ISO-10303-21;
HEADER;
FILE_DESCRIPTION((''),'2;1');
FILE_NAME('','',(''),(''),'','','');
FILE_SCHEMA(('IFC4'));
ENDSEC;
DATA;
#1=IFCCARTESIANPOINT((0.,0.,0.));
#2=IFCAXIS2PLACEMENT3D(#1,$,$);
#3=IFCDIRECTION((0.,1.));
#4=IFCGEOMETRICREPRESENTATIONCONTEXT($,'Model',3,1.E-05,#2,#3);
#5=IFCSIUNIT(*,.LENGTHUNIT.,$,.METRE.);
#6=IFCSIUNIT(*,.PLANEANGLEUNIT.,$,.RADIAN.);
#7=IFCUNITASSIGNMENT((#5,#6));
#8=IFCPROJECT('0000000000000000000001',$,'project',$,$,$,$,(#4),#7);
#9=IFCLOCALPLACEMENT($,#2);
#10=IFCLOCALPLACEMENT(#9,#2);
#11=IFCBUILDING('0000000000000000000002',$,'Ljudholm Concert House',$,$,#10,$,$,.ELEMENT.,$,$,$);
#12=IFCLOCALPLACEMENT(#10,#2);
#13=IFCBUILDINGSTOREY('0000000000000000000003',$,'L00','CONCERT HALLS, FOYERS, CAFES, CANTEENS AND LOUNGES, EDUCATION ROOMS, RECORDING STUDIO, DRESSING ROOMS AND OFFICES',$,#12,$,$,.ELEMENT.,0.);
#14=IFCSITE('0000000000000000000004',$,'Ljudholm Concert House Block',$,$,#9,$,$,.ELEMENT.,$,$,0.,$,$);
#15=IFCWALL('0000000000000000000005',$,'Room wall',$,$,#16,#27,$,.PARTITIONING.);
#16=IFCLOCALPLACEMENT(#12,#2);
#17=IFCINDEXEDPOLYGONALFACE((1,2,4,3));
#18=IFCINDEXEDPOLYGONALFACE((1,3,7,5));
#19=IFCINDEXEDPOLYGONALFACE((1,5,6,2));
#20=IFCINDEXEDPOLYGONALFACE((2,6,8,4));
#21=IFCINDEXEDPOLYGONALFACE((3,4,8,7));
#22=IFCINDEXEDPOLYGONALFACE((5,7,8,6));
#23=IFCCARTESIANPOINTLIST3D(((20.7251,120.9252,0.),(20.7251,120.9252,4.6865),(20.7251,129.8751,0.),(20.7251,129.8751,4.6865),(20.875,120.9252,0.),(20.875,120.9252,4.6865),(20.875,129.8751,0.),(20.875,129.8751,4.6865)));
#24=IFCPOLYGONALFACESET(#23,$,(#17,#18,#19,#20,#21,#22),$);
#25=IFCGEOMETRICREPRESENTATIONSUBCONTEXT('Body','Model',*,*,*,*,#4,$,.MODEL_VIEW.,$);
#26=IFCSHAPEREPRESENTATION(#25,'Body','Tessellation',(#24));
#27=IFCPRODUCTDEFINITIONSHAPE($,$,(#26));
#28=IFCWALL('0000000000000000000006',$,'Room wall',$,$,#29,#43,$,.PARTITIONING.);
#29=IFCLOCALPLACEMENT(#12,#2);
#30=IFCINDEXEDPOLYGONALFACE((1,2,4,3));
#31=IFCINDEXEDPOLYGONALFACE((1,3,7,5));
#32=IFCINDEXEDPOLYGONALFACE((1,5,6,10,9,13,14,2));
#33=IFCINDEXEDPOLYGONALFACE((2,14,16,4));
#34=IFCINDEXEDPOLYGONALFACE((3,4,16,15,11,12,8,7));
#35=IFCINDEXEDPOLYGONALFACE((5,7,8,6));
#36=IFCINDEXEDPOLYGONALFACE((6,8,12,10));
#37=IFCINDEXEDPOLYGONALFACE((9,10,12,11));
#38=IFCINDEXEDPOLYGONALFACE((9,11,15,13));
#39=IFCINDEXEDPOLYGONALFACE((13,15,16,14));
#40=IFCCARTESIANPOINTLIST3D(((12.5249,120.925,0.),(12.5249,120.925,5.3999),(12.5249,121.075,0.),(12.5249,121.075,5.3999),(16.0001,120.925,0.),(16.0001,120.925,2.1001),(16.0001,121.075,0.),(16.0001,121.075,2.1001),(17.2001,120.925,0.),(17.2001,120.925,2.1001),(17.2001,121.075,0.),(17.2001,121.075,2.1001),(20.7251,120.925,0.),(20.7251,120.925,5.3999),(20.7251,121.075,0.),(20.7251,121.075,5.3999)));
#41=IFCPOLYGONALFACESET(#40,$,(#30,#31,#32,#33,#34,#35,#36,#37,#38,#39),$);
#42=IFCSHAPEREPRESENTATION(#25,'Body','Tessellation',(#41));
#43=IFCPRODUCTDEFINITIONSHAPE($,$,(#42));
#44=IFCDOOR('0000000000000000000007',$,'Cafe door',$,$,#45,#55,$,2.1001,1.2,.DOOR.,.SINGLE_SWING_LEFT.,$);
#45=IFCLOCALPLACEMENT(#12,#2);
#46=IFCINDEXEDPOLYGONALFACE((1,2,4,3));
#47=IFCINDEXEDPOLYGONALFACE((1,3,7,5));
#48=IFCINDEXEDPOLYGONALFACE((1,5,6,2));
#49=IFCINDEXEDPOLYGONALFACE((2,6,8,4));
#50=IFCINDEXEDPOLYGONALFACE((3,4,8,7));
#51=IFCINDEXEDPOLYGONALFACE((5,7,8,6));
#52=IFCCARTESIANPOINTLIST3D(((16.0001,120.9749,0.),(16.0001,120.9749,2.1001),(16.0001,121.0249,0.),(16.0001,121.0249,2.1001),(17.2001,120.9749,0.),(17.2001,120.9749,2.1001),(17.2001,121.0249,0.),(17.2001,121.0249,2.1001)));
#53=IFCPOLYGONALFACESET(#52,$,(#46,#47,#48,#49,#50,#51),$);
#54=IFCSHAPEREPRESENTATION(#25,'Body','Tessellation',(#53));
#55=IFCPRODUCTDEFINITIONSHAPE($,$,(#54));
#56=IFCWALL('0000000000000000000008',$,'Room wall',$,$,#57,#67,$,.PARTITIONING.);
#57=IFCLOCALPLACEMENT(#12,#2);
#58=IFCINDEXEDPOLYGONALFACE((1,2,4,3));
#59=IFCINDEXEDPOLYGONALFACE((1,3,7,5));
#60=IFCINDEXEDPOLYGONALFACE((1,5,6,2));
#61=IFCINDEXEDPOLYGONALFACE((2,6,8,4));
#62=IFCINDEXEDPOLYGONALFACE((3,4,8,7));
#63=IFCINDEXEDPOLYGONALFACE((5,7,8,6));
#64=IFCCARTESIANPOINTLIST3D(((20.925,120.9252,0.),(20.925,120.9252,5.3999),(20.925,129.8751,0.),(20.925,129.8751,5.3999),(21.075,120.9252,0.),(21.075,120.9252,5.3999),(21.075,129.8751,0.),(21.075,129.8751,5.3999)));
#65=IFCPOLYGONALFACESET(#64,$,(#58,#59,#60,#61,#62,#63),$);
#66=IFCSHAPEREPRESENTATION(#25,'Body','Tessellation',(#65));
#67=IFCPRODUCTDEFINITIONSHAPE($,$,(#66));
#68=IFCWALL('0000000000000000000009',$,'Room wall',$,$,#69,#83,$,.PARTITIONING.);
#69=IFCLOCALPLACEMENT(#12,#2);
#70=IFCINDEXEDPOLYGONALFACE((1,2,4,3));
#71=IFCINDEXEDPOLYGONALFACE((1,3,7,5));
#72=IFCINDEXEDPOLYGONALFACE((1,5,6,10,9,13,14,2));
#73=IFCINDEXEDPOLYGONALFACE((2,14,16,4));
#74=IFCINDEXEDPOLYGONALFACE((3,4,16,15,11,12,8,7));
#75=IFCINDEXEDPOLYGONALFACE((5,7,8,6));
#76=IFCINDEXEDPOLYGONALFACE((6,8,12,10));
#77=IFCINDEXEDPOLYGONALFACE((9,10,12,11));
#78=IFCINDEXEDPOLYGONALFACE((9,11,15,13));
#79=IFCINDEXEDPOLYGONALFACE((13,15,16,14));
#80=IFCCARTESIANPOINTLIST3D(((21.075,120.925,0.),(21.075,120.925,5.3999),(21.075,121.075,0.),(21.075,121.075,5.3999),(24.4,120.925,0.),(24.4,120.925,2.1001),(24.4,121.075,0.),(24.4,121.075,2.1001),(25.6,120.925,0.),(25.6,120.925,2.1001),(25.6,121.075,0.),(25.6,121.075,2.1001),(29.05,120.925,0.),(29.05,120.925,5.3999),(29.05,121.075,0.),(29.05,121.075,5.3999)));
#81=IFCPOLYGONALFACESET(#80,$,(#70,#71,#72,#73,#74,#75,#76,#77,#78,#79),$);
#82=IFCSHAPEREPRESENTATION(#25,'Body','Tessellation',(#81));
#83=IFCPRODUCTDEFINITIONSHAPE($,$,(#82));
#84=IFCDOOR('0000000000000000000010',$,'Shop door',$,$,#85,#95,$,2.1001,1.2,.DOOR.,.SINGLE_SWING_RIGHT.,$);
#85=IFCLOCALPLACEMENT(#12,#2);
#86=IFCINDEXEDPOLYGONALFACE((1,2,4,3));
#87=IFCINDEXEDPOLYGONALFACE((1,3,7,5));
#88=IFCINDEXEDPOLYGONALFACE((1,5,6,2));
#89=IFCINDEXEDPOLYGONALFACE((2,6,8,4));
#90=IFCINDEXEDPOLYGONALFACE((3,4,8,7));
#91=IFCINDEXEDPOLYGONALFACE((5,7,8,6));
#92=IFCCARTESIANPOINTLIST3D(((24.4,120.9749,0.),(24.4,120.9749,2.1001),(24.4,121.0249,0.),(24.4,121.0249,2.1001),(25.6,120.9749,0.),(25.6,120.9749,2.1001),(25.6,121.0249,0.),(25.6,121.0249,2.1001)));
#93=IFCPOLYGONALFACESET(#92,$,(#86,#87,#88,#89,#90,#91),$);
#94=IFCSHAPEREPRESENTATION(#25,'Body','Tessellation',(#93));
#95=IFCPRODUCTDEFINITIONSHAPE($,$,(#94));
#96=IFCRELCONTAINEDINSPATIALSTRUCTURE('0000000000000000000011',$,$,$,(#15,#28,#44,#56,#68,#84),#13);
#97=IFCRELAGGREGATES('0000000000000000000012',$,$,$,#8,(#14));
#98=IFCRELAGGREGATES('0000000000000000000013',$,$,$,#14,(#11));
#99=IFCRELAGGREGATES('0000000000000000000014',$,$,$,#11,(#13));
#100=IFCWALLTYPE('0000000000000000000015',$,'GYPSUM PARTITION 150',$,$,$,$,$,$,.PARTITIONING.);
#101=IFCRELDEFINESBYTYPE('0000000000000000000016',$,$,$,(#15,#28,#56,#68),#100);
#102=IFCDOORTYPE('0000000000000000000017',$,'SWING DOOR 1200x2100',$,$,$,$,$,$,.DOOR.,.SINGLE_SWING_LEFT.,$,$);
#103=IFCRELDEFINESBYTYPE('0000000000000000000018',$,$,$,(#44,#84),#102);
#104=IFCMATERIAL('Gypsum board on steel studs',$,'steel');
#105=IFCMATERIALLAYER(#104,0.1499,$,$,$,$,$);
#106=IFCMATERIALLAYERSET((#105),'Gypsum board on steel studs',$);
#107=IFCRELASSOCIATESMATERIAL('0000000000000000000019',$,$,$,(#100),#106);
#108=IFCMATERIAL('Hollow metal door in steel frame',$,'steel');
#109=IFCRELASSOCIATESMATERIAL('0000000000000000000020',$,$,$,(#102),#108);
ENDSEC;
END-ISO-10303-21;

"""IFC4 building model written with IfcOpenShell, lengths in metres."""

from ifc_helpers import new_model, si_unit, direction, frame, frame_2d, origin, place, context, subcontext, project, spatial, rectangle, extrude, material, layer, layer_set, type_object, element, fill, save


model = new_model("IFC4")

# Units and contexts
model_context = context("Model", 3, precision=1e-05, world=origin(), true_north=direction((0.0, 1.0)))
body_context = subcontext(model_context, "Body", "Model", "MODEL_VIEW")
ifc_project = project(units=[si_unit("LENGTHUNIT", "METRE"), si_unit("PLANEANGLEUNIT", "RADIAN")], contexts=[model_context])

# Site, building, storey
site_placement = place(None, origin())
site = spatial("IfcSite", under=ifc_project, at=site_placement, Name="Ljudholm Concert House Block", CompositionType="ELEMENT", RefElevation=0.0)
building_placement = place(site_placement, origin())
building = spatial("IfcBuilding", under=site, at=building_placement, Name="Ljudholm Concert House", CompositionType="ELEMENT")
storey_placement = place(building_placement, origin())
storey = spatial("IfcBuildingStorey", under=building, at=storey_placement, Name="L00", Description="CONCERT HALLS, FOYERS, CAFES, CANTEENS AND LOUNGES, EDUCATION ROOMS, RECORDING STUDIO, DRESSING ROOMS AND OFFICES", CompositionType="ELEMENT", Elevation=0.0)

# Wall
ifc_material_1 = material(Name="Gypsum board on steel studs", Category="steel")
ifc_layer_1 = layer(ifc_material_1, 0.1499)
ifc_layer_set_1 = layer_set([ifc_layer_1], Name="Gypsum board on steel studs")
wall_type_1 = type_object("IfcWallType", Name="GYPSUM PARTITION 150", PredefinedType="PARTITIONING", material=ifc_layer_set_1)
wall_1_placement = place(storey_placement, frame((20.8, 120.925, 0.0), z_axis=(0.0, 0.0, 1.0), x_axis=(0.0, 1.0, 0.0)))
element("IfcWall", 1, at=wall_1_placement, inside=storey, type_object=wall_type_1, Name="Room wall", PredefinedType="PARTITIONING", context=body_context, shape_type="SweptSolid", body=[
    extrude(rectangle(XDim=8.95, YDim=0.1499, at=frame_2d((4.4751, 0.0))), origin(), (0.0, 0.0, 1.0), 4.6865),
])

# Wall, opening, door
wall_2_placement = place(storey_placement, frame((12.5249, 121.0, 0.0), z_axis=(0.0, 0.0, 1.0), x_axis=(1.0, 0.0, 0.0)))
wall_2 = element("IfcWall", 2, at=wall_2_placement, inside=storey, type_object=wall_type_1, Name="Room wall", PredefinedType="PARTITIONING", context=body_context, shape_type="SweptSolid", body=[
    extrude(rectangle(XDim=8.2002, YDim=0.1499, at=frame_2d((4.1001, 0.0))), origin(), (0.0, 0.0, 1.0), 5.3999),
])
opening_1_placement = place(wall_2_placement, frame((3.4751, 0.0, 0.0)))
opening_1 = element("IfcOpeningElement", 3, at=opening_1_placement, cuts=wall_2, PredefinedType="OPENING", context=body_context, shape_type="SweptSolid", body=[
    extrude(rectangle(XDim=1.2, YDim=2.1001, at=frame_2d((0.6001, 1.05))), frame((0.0, 0.085, 0.0), z_axis=(0.0, -1.0, 0.0), x_axis=(1.0, 0.0, 0.0)), (0.0, 0.0, 1.0), 0.1699),
])
ifc_material_2 = material(Name="Hollow metal door in steel frame", Category="steel")
door_type_1 = type_object("IfcDoorType", Name="SWING DOOR 1200x2100", OperationType="SINGLE_SWING_LEFT", PredefinedType="DOOR", material=ifc_material_2)
door_1_placement = place(opening_1_placement, origin())
door_1 = element("IfcDoor", 4, at=door_1_placement, inside=storey, type_object=door_type_1, Name="Cafe door", OperationType="SINGLE_SWING_LEFT", OverallHeight=2.1001, OverallWidth=1.2, PredefinedType="DOOR", context=body_context, shape_type="SweptSolid", body=[
    extrude(rectangle(XDim=1.2, YDim=2.1001, at=frame_2d((0.6001, 1.05))), frame((0.0, 0.0249, 0.0), z_axis=(0.0, -1.0, 0.0), x_axis=(1.0, 0.0, 0.0)), (0.0, 0.0, 1.0), 0.05),
])
fill(opening_1, door_1)

# Wall
wall_3_placement = place(storey_placement, frame((21.0, 120.925, 0.0), z_axis=(0.0, 0.0, 1.0), x_axis=(0.0, 1.0, 0.0)))
element("IfcWall", 5, at=wall_3_placement, inside=storey, type_object=wall_type_1, Name="Room wall", PredefinedType="PARTITIONING", context=body_context, shape_type="SweptSolid", body=[
    extrude(rectangle(XDim=8.95, YDim=0.1499, at=frame_2d((4.4751, 0.0))), origin(), (0.0, 0.0, 1.0), 5.3999),
])

# Wall, opening, door
wall_4_placement = place(storey_placement, frame((21.075, 121.0, 0.0), z_axis=(0.0, 0.0, 1.0), x_axis=(1.0, 0.0, 0.0)))
wall_4 = element("IfcWall", 6, at=wall_4_placement, inside=storey, type_object=wall_type_1, Name="Room wall", PredefinedType="PARTITIONING", context=body_context, shape_type="SweptSolid", body=[
    extrude(rectangle(XDim=7.9751, YDim=0.1499, at=frame_2d((3.9875, 0.0))), origin(), (0.0, 0.0, 1.0), 5.3999),
])
opening_2_placement = place(wall_4_placement, frame((3.325, 0.0, 0.0)))
opening_2 = element("IfcOpeningElement", 7, at=opening_2_placement, cuts=wall_4, PredefinedType="OPENING", context=body_context, shape_type="SweptSolid", body=[
    extrude(rectangle(XDim=1.2, YDim=2.1001, at=frame_2d((0.6001, 1.05))), frame((0.0, 0.085, 0.0), z_axis=(0.0, -1.0, 0.0), x_axis=(1.0, 0.0, 0.0)), (0.0, 0.0, 1.0), 0.1699),
])
door_2_placement = place(opening_2_placement, origin())
door_2 = element("IfcDoor", 8, at=door_2_placement, inside=storey, type_object=door_type_1, Name="Shop door", OperationType="SINGLE_SWING_RIGHT", OverallHeight=2.1001, OverallWidth=1.2, PredefinedType="DOOR", context=body_context, shape_type="SweptSolid", body=[
    extrude(rectangle(XDim=1.2, YDim=2.1001, at=frame_2d((0.6001, 1.05))), frame((0.0, 0.0249, 0.0), z_axis=(0.0, -1.0, 0.0), x_axis=(1.0, 0.0, 0.0)), (0.0, 0.0, 1.0), 0.05),
])
fill(opening_2, door_2)

save(model, "model.ifc")
